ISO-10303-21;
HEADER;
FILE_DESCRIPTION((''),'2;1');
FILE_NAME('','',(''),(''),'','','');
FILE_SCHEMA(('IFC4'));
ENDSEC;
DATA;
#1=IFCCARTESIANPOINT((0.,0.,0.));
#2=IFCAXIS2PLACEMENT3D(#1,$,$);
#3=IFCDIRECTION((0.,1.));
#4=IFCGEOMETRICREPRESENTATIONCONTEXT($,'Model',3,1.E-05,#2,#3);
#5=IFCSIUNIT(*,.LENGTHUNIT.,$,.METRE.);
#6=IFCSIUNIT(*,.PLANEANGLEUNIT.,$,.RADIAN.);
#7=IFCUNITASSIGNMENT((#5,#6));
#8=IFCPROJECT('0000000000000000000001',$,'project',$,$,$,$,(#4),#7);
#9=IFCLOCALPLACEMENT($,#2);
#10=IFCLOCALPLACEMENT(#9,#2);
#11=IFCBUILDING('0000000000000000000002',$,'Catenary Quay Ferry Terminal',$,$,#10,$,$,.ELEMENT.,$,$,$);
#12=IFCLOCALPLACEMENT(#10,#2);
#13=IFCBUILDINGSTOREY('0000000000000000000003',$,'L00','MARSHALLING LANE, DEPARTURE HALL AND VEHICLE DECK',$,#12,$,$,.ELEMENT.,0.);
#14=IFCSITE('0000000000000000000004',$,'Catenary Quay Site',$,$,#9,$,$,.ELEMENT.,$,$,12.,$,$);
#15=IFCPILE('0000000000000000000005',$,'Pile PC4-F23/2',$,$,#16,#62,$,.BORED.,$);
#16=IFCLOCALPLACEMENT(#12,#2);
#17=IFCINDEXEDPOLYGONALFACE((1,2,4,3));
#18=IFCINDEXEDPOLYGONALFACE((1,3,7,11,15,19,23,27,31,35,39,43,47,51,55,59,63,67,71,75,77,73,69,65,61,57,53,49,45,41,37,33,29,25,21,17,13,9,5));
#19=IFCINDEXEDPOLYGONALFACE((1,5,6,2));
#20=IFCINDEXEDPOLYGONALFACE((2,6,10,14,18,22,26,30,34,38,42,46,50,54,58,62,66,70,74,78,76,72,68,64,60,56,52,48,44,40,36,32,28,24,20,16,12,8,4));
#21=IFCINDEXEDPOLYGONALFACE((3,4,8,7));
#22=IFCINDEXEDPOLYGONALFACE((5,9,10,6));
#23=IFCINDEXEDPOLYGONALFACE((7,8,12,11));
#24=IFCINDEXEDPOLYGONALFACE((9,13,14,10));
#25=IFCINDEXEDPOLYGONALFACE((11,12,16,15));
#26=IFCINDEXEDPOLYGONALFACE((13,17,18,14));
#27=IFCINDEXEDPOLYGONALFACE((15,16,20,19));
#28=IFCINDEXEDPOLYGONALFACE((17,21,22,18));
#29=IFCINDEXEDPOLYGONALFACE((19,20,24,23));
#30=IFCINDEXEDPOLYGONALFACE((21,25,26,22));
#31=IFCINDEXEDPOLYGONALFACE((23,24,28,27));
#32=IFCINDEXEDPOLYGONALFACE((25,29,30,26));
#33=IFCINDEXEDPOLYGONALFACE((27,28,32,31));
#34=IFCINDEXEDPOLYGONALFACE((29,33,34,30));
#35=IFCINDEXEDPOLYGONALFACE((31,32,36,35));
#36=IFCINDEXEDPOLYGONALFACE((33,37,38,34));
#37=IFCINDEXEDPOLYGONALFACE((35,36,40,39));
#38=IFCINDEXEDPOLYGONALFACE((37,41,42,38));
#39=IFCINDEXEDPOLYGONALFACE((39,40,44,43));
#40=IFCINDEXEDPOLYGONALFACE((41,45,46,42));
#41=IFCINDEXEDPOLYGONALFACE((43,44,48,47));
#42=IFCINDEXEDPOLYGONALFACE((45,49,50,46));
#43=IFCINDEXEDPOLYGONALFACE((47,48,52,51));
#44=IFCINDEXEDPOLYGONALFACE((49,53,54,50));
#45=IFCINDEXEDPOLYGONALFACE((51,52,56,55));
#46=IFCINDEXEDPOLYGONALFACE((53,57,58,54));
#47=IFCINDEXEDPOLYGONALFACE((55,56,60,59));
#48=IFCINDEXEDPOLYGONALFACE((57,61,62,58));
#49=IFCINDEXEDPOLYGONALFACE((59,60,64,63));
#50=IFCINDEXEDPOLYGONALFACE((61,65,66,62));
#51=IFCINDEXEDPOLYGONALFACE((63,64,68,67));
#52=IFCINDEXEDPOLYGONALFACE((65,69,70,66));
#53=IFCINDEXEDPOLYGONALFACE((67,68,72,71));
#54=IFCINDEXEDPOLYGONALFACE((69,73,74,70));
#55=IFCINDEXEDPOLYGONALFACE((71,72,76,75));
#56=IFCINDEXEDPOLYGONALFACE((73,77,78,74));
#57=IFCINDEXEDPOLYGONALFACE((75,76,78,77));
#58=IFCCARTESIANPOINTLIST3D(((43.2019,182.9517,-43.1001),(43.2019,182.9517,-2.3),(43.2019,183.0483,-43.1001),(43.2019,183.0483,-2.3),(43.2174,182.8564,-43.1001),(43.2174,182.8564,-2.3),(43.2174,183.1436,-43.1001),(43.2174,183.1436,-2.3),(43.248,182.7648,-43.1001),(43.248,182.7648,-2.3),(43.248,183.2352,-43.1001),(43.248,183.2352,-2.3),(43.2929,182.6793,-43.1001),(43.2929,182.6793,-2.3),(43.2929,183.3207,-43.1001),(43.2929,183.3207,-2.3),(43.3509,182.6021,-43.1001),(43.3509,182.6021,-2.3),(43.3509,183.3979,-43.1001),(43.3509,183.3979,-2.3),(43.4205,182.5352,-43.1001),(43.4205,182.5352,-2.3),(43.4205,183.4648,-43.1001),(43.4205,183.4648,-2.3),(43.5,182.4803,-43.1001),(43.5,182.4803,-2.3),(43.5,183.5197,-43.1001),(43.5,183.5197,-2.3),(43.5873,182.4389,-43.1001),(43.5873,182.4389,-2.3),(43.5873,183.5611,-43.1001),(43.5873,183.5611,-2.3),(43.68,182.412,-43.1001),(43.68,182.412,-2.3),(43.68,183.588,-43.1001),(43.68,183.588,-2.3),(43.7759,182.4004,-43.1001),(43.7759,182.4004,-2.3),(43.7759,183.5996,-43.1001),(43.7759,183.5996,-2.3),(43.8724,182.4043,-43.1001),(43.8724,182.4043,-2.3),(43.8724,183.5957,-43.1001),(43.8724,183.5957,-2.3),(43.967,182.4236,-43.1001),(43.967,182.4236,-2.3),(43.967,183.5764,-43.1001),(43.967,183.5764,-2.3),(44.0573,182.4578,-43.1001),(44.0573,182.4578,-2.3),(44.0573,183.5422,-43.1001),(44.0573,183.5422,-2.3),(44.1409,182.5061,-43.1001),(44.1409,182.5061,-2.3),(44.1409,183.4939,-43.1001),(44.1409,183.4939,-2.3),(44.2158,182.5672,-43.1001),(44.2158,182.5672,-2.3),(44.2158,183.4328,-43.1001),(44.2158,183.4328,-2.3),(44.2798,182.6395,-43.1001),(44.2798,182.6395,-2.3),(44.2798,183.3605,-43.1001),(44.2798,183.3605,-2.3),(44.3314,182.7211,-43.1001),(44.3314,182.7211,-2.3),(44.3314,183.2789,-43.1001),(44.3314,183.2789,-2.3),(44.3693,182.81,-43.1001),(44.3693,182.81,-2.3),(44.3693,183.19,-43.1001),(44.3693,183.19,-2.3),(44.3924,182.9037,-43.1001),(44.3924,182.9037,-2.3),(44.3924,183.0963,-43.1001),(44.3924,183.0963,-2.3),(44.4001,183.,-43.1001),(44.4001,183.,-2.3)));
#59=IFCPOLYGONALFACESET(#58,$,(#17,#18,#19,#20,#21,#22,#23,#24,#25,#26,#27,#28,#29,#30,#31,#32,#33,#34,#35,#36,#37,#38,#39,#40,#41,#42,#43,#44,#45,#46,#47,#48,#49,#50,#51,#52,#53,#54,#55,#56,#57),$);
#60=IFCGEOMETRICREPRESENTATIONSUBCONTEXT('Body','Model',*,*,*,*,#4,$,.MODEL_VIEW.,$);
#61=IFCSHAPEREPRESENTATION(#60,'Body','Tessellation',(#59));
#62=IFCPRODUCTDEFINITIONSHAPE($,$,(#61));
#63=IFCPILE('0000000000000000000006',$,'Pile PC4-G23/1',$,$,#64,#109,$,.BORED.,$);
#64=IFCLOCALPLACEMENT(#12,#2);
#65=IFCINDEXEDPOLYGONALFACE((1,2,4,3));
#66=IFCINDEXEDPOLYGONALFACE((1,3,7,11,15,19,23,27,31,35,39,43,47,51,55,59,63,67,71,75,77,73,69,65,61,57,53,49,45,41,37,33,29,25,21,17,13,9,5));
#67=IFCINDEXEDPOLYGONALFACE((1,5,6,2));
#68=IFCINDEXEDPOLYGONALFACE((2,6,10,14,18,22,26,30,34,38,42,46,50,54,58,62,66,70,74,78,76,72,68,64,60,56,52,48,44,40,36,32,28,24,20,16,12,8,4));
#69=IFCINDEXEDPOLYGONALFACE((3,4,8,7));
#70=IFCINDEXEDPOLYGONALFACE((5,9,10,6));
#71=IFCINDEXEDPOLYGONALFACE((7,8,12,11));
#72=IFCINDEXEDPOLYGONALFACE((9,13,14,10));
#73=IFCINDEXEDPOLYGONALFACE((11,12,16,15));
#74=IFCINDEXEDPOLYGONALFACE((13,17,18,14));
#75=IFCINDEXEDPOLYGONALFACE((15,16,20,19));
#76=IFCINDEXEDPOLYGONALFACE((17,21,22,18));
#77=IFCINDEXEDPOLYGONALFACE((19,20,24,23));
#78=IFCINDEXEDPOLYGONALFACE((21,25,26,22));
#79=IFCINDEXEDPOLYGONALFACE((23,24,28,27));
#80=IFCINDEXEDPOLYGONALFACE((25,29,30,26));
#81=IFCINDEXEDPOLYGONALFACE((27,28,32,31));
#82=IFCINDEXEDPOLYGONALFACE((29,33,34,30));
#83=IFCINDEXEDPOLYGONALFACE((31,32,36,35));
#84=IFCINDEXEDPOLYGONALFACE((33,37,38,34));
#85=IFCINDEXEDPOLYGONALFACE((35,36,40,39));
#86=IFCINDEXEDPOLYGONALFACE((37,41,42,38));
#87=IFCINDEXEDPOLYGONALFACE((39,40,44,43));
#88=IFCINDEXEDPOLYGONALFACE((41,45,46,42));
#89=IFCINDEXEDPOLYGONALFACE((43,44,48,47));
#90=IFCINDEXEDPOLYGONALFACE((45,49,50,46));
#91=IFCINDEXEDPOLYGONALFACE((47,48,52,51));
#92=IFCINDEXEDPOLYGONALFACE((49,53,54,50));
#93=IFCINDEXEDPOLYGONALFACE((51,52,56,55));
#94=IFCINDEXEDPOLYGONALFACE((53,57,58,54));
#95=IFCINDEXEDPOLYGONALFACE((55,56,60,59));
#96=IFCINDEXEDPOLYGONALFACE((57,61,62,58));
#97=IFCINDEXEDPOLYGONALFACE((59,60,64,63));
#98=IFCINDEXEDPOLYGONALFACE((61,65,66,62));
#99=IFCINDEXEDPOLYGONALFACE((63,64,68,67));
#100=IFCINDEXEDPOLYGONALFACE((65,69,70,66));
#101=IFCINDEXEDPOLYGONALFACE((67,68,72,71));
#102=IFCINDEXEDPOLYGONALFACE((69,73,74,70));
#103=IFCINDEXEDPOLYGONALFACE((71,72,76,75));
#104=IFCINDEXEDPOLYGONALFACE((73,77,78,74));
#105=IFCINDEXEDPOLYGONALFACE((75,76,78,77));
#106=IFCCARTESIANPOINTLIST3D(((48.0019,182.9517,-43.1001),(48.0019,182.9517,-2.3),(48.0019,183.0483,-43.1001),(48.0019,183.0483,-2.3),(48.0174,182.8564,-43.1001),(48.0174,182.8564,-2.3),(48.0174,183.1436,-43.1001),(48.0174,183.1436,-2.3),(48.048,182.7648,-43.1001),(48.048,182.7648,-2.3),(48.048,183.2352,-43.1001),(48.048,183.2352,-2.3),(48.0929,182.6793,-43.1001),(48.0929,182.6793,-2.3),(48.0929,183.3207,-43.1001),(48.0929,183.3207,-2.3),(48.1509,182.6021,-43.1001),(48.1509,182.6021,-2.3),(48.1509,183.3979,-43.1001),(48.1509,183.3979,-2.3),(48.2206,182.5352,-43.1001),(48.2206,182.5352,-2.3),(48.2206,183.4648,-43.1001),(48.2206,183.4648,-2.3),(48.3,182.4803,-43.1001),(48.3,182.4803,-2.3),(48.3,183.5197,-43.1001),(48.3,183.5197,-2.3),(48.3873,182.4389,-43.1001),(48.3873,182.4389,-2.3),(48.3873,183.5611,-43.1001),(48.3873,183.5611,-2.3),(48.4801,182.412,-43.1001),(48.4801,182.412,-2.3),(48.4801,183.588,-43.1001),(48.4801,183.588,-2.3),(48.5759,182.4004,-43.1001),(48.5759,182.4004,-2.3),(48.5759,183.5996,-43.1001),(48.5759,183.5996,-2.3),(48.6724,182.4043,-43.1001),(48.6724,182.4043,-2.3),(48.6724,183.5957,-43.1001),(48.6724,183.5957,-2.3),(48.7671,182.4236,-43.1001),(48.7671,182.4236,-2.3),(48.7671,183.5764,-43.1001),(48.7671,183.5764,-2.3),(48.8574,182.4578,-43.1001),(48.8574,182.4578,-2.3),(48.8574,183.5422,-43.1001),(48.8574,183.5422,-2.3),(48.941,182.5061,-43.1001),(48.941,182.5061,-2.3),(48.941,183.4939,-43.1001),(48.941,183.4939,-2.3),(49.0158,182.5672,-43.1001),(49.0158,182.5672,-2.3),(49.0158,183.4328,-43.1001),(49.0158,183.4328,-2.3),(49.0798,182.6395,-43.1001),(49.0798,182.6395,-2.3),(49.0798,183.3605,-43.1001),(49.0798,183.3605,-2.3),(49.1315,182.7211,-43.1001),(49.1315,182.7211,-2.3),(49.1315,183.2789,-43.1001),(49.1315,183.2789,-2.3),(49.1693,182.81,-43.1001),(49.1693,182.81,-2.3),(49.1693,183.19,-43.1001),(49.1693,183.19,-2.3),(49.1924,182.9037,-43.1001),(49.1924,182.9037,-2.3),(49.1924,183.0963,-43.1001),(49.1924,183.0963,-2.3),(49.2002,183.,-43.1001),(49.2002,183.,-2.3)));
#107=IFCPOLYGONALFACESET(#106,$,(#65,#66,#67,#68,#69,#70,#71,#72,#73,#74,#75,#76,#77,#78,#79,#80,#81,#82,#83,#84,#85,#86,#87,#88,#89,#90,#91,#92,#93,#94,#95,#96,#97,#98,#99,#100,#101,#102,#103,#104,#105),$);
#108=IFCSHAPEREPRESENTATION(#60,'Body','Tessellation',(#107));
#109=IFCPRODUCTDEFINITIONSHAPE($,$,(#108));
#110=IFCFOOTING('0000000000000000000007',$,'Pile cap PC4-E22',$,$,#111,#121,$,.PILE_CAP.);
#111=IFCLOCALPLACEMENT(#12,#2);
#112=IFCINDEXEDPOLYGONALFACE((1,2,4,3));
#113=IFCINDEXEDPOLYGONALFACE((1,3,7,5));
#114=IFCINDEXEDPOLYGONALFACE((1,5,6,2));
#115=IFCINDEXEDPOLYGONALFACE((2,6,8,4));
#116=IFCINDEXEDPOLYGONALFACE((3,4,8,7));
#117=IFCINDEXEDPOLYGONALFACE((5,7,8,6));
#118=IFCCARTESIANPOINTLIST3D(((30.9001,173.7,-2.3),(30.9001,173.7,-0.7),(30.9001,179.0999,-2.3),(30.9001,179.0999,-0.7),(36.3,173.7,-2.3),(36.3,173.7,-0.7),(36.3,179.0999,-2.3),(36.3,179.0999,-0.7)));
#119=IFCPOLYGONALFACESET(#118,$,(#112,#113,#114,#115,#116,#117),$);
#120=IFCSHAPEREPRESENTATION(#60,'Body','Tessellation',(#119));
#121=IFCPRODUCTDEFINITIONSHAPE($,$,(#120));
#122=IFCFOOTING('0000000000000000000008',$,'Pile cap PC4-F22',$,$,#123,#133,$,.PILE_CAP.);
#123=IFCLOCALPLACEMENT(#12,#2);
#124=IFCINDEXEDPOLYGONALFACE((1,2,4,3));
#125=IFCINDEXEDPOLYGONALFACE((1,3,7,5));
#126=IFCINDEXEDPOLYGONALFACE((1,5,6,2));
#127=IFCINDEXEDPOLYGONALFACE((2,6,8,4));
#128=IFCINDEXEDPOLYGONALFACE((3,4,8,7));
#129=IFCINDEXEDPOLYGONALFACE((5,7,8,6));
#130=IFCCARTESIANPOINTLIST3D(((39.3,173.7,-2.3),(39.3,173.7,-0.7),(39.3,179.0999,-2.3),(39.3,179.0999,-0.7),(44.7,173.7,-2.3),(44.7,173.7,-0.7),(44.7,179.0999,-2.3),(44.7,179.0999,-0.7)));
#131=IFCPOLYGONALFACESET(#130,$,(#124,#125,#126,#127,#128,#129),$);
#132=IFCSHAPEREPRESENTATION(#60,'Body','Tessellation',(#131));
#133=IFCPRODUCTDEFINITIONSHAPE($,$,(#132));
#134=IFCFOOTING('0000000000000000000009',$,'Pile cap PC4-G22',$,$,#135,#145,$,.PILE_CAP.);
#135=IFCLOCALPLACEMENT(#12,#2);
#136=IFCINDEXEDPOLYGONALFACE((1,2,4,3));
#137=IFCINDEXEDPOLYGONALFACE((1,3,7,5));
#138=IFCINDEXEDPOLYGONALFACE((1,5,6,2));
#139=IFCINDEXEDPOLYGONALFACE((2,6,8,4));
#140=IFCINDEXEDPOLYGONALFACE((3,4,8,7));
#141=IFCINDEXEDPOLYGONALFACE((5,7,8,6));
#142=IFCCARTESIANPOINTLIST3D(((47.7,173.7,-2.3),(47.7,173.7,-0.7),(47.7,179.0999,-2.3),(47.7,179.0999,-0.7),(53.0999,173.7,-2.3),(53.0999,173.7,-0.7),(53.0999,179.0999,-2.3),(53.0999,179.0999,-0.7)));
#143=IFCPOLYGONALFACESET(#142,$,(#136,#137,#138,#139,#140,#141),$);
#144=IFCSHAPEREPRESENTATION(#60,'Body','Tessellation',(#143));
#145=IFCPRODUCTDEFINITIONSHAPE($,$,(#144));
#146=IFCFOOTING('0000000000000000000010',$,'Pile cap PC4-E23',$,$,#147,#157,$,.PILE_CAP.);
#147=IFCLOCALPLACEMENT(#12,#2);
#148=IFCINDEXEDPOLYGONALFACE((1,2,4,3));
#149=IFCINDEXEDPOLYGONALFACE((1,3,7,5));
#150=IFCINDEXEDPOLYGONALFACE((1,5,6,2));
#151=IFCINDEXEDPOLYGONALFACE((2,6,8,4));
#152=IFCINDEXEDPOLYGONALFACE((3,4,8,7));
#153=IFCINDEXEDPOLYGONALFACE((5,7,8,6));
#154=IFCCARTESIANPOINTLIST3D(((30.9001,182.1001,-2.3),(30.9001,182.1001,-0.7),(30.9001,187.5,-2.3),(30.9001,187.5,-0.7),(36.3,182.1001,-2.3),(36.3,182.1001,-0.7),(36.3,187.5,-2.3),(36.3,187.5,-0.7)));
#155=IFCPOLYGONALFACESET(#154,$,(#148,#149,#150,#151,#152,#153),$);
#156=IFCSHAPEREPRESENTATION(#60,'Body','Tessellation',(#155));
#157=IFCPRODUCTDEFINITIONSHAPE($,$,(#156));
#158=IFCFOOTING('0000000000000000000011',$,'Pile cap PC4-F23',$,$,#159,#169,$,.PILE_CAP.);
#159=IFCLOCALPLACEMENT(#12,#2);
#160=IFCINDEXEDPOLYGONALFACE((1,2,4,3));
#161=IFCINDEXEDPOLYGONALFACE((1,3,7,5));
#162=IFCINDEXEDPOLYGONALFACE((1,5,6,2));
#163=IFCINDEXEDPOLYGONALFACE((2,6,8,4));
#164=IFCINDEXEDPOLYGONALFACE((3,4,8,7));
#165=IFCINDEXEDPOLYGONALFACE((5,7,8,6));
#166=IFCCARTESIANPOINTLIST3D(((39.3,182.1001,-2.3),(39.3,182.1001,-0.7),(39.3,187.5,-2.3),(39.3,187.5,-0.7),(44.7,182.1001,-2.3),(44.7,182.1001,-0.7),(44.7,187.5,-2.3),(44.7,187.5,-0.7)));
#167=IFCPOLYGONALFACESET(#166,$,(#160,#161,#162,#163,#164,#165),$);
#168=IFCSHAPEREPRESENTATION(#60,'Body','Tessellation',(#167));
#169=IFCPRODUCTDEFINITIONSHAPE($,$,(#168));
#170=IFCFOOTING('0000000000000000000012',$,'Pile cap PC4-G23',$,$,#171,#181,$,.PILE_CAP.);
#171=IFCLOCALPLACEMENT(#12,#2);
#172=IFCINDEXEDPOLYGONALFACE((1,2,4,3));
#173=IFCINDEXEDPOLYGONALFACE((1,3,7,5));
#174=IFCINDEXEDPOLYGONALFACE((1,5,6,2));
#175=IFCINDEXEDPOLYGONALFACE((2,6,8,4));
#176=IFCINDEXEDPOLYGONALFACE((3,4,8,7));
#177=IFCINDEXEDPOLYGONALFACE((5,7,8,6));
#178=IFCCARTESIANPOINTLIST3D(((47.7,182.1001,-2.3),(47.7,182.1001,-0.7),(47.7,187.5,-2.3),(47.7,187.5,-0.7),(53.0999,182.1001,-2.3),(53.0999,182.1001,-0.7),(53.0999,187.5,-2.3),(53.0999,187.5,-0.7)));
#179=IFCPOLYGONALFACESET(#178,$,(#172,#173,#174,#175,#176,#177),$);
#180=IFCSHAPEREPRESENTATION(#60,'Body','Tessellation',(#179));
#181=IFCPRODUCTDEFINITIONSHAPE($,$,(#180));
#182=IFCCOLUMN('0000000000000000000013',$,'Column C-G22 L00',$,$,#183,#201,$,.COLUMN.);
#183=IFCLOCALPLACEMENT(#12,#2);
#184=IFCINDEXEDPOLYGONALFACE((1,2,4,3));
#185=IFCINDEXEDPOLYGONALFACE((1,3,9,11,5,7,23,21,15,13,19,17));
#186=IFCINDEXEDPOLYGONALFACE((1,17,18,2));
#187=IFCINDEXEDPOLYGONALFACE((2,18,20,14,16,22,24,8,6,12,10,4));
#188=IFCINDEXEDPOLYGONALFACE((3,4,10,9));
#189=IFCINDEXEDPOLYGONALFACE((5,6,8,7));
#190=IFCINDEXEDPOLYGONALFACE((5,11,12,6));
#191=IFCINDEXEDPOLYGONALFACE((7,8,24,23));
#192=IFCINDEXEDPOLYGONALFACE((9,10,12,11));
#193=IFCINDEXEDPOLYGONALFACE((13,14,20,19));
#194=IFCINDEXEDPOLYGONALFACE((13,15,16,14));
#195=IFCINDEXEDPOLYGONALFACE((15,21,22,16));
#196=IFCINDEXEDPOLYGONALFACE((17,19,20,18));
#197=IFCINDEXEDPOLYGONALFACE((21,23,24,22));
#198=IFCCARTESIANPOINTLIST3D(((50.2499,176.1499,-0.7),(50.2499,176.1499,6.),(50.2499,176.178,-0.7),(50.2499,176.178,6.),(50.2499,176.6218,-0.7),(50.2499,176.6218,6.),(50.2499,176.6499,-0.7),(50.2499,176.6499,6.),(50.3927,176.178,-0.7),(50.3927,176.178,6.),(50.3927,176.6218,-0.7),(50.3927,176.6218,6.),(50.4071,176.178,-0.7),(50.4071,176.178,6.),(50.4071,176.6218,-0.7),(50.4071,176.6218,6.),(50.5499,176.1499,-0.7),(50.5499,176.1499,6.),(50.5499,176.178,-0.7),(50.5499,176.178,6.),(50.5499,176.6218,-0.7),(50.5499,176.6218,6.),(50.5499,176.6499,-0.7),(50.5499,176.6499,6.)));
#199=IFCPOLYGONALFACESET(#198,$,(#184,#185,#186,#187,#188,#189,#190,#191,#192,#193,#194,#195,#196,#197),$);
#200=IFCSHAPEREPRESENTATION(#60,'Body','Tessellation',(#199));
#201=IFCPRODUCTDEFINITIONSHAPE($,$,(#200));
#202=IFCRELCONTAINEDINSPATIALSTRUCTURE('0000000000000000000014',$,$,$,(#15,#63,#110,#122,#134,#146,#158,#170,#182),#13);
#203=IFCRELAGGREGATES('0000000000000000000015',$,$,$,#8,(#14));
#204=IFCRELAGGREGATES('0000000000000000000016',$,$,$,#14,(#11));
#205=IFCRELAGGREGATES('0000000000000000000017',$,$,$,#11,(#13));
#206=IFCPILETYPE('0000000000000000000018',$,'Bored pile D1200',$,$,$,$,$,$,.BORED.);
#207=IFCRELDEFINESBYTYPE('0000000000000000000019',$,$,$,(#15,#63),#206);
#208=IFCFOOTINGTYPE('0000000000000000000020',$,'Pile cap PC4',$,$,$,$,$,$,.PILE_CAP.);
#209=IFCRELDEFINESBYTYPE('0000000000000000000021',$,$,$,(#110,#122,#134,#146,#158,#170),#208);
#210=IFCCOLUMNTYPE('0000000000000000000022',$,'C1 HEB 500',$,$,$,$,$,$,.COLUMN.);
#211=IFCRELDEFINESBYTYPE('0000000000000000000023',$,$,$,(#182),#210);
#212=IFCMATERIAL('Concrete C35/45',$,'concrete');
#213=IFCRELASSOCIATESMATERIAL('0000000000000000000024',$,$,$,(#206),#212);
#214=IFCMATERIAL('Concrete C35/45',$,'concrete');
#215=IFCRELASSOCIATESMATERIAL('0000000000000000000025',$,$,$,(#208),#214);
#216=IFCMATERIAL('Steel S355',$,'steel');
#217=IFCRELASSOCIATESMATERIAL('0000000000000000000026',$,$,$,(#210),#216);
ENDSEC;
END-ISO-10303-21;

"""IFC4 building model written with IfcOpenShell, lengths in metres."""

from ifc_helpers import new_model, si_unit, direction, frame, origin, origin_2d, place, context, subcontext, project, spatial, rectangle, circle, i_section, extrude, material, material_profile, profile_set, type_object, element, save


model = new_model("IFC4")

# Units and contexts
model_context = context("Model", 3, precision=1e-05, world=origin(), true_north=direction((0.0, 1.0)))
body_context = subcontext(model_context, "Body", "Model", "MODEL_VIEW")
ifc_project = project(units=[si_unit("LENGTHUNIT", "METRE"), si_unit("PLANEANGLEUNIT", "RADIAN")], contexts=[model_context])

# Site, building, storey
site_placement = place(None, origin())
site = spatial("IfcSite", under=ifc_project, at=site_placement, Name="Catenary Quay Site", CompositionType="ELEMENT", RefElevation=12.0)
building_placement = place(site_placement, origin())
building = spatial("IfcBuilding", under=site, at=building_placement, Name="Catenary Quay Ferry Terminal", CompositionType="ELEMENT")
storey_placement = place(building_placement, origin())
storey = spatial("IfcBuildingStorey", under=building, at=storey_placement, Name="L00", Description="MARSHALLING LANE, DEPARTURE HALL AND VEHICLE DECK", CompositionType="ELEMENT", Elevation=0.0)

# Piles
ifc_material_1 = material(Name="Concrete C35/45", Category="concrete")
ifc_material_profile_1 = material_profile(ifc_material_1, circle(Radius=0.6001, at=origin_2d()), Name="D1200")
ifc_profile_set_1 = profile_set([ifc_material_profile_1], Name="Concrete C35/45")
pile_type = type_object("IfcPileType", Name="Bored pile D1200", PredefinedType="BORED", material=ifc_profile_set_1)
for number, where, z_axis, x_axis, name in (
    (1, (43.8, 183.0, -2.3), (0.0, 0.0, -1.0), (1.0, 0.0, 0.0), "Pile PC4-F23/2"),
    (2, (48.6001, 183.0, -2.3), (0.0, 0.0, -1.0), (1.0, 0.0, 0.0), "Pile PC4-G23/1"),
):
    element("IfcPile", number, at=place(storey_placement, frame(where, z_axis=z_axis, x_axis=x_axis)), inside=storey, type_object=pile_type, Name=name, PredefinedType="BORED", context=body_context, shape_type="SweptSolid", body=[
        extrude(circle(Radius=0.6001, at=origin_2d()), origin(), (0.0, 0.0, 1.0), 40.8),
    ])

# Footings
ifc_material_2 = material(Name="Concrete C35/45", Category="concrete")
footing_type = type_object("IfcFootingType", Name="Pile cap PC4", PredefinedType="PILE_CAP", material=ifc_material_2)
for number, where, z_axis, x_axis, name in (
    (3, (33.6001, 176.3999, -2.3), (0.0, 0.0, 1.0), (1.0, 0.0, 0.0), "Pile cap PC4-E22"),
    (4, (42.0, 176.3999, -2.3), (0.0, 0.0, 1.0), (1.0, 0.0, 0.0), "Pile cap PC4-F22"),
    (5, (50.3999, 176.3999, -2.3), (0.0, 0.0, 1.0), (1.0, 0.0, 0.0), "Pile cap PC4-G22"),
    (6, (33.6001, 184.8, -2.3), (0.0, 0.0, 1.0), (1.0, 0.0, 0.0), "Pile cap PC4-E23"),
    (7, (42.0, 184.8, -2.3), (0.0, 0.0, 1.0), (1.0, 0.0, 0.0), "Pile cap PC4-F23"),
    (8, (50.3999, 184.8, -2.3), (0.0, 0.0, 1.0), (1.0, 0.0, 0.0), "Pile cap PC4-G23"),
):
    element("IfcFooting", number, at=place(storey_placement, frame(where, z_axis=z_axis, x_axis=x_axis)), inside=storey, type_object=footing_type, Name=name, PredefinedType="PILE_CAP", context=body_context, shape_type="SweptSolid", body=[
        extrude(rectangle(XDim=5.3999, YDim=5.3999, at=origin_2d()), origin(), (0.0, 0.0, 1.0), 1.6001),
    ])

# Column
ifc_material_3 = material(Name="Steel S355", Category="steel")
ifc_material_profile_2 = material_profile(ifc_material_3, i_section(OverallWidth=0.3, OverallDepth=0.5, WebThickness=0.0144, FlangeThickness=0.0281, at=origin_2d()), Name="HEB 500")
ifc_profile_set_2 = profile_set([ifc_material_profile_2], Name="Steel S355")
column_type_1 = type_object("IfcColumnType", Name="C1 HEB 500", PredefinedType="COLUMN", material=ifc_profile_set_2)
for number, where, z_axis, x_axis, name in (
    (9, (50.3999, 176.3999, -0.7), (0.0, 0.0, 1.0), (1.0, 0.0, 0.0), "Column C-G22 L00"),
):
    element("IfcColumn", number, at=place(storey_placement, frame(where, z_axis=z_axis, x_axis=x_axis)), inside=storey, type_object=column_type_1, Name=name, PredefinedType="COLUMN", context=body_context, shape_type="SweptSolid", body=[
        extrude(i_section(OverallWidth=0.3, OverallDepth=0.5, WebThickness=0.0144, FlangeThickness=0.0281, at=origin_2d()), origin(), (0.0, 0.0, 1.0), 6.7),
    ])

save(model, "model.ifc")
